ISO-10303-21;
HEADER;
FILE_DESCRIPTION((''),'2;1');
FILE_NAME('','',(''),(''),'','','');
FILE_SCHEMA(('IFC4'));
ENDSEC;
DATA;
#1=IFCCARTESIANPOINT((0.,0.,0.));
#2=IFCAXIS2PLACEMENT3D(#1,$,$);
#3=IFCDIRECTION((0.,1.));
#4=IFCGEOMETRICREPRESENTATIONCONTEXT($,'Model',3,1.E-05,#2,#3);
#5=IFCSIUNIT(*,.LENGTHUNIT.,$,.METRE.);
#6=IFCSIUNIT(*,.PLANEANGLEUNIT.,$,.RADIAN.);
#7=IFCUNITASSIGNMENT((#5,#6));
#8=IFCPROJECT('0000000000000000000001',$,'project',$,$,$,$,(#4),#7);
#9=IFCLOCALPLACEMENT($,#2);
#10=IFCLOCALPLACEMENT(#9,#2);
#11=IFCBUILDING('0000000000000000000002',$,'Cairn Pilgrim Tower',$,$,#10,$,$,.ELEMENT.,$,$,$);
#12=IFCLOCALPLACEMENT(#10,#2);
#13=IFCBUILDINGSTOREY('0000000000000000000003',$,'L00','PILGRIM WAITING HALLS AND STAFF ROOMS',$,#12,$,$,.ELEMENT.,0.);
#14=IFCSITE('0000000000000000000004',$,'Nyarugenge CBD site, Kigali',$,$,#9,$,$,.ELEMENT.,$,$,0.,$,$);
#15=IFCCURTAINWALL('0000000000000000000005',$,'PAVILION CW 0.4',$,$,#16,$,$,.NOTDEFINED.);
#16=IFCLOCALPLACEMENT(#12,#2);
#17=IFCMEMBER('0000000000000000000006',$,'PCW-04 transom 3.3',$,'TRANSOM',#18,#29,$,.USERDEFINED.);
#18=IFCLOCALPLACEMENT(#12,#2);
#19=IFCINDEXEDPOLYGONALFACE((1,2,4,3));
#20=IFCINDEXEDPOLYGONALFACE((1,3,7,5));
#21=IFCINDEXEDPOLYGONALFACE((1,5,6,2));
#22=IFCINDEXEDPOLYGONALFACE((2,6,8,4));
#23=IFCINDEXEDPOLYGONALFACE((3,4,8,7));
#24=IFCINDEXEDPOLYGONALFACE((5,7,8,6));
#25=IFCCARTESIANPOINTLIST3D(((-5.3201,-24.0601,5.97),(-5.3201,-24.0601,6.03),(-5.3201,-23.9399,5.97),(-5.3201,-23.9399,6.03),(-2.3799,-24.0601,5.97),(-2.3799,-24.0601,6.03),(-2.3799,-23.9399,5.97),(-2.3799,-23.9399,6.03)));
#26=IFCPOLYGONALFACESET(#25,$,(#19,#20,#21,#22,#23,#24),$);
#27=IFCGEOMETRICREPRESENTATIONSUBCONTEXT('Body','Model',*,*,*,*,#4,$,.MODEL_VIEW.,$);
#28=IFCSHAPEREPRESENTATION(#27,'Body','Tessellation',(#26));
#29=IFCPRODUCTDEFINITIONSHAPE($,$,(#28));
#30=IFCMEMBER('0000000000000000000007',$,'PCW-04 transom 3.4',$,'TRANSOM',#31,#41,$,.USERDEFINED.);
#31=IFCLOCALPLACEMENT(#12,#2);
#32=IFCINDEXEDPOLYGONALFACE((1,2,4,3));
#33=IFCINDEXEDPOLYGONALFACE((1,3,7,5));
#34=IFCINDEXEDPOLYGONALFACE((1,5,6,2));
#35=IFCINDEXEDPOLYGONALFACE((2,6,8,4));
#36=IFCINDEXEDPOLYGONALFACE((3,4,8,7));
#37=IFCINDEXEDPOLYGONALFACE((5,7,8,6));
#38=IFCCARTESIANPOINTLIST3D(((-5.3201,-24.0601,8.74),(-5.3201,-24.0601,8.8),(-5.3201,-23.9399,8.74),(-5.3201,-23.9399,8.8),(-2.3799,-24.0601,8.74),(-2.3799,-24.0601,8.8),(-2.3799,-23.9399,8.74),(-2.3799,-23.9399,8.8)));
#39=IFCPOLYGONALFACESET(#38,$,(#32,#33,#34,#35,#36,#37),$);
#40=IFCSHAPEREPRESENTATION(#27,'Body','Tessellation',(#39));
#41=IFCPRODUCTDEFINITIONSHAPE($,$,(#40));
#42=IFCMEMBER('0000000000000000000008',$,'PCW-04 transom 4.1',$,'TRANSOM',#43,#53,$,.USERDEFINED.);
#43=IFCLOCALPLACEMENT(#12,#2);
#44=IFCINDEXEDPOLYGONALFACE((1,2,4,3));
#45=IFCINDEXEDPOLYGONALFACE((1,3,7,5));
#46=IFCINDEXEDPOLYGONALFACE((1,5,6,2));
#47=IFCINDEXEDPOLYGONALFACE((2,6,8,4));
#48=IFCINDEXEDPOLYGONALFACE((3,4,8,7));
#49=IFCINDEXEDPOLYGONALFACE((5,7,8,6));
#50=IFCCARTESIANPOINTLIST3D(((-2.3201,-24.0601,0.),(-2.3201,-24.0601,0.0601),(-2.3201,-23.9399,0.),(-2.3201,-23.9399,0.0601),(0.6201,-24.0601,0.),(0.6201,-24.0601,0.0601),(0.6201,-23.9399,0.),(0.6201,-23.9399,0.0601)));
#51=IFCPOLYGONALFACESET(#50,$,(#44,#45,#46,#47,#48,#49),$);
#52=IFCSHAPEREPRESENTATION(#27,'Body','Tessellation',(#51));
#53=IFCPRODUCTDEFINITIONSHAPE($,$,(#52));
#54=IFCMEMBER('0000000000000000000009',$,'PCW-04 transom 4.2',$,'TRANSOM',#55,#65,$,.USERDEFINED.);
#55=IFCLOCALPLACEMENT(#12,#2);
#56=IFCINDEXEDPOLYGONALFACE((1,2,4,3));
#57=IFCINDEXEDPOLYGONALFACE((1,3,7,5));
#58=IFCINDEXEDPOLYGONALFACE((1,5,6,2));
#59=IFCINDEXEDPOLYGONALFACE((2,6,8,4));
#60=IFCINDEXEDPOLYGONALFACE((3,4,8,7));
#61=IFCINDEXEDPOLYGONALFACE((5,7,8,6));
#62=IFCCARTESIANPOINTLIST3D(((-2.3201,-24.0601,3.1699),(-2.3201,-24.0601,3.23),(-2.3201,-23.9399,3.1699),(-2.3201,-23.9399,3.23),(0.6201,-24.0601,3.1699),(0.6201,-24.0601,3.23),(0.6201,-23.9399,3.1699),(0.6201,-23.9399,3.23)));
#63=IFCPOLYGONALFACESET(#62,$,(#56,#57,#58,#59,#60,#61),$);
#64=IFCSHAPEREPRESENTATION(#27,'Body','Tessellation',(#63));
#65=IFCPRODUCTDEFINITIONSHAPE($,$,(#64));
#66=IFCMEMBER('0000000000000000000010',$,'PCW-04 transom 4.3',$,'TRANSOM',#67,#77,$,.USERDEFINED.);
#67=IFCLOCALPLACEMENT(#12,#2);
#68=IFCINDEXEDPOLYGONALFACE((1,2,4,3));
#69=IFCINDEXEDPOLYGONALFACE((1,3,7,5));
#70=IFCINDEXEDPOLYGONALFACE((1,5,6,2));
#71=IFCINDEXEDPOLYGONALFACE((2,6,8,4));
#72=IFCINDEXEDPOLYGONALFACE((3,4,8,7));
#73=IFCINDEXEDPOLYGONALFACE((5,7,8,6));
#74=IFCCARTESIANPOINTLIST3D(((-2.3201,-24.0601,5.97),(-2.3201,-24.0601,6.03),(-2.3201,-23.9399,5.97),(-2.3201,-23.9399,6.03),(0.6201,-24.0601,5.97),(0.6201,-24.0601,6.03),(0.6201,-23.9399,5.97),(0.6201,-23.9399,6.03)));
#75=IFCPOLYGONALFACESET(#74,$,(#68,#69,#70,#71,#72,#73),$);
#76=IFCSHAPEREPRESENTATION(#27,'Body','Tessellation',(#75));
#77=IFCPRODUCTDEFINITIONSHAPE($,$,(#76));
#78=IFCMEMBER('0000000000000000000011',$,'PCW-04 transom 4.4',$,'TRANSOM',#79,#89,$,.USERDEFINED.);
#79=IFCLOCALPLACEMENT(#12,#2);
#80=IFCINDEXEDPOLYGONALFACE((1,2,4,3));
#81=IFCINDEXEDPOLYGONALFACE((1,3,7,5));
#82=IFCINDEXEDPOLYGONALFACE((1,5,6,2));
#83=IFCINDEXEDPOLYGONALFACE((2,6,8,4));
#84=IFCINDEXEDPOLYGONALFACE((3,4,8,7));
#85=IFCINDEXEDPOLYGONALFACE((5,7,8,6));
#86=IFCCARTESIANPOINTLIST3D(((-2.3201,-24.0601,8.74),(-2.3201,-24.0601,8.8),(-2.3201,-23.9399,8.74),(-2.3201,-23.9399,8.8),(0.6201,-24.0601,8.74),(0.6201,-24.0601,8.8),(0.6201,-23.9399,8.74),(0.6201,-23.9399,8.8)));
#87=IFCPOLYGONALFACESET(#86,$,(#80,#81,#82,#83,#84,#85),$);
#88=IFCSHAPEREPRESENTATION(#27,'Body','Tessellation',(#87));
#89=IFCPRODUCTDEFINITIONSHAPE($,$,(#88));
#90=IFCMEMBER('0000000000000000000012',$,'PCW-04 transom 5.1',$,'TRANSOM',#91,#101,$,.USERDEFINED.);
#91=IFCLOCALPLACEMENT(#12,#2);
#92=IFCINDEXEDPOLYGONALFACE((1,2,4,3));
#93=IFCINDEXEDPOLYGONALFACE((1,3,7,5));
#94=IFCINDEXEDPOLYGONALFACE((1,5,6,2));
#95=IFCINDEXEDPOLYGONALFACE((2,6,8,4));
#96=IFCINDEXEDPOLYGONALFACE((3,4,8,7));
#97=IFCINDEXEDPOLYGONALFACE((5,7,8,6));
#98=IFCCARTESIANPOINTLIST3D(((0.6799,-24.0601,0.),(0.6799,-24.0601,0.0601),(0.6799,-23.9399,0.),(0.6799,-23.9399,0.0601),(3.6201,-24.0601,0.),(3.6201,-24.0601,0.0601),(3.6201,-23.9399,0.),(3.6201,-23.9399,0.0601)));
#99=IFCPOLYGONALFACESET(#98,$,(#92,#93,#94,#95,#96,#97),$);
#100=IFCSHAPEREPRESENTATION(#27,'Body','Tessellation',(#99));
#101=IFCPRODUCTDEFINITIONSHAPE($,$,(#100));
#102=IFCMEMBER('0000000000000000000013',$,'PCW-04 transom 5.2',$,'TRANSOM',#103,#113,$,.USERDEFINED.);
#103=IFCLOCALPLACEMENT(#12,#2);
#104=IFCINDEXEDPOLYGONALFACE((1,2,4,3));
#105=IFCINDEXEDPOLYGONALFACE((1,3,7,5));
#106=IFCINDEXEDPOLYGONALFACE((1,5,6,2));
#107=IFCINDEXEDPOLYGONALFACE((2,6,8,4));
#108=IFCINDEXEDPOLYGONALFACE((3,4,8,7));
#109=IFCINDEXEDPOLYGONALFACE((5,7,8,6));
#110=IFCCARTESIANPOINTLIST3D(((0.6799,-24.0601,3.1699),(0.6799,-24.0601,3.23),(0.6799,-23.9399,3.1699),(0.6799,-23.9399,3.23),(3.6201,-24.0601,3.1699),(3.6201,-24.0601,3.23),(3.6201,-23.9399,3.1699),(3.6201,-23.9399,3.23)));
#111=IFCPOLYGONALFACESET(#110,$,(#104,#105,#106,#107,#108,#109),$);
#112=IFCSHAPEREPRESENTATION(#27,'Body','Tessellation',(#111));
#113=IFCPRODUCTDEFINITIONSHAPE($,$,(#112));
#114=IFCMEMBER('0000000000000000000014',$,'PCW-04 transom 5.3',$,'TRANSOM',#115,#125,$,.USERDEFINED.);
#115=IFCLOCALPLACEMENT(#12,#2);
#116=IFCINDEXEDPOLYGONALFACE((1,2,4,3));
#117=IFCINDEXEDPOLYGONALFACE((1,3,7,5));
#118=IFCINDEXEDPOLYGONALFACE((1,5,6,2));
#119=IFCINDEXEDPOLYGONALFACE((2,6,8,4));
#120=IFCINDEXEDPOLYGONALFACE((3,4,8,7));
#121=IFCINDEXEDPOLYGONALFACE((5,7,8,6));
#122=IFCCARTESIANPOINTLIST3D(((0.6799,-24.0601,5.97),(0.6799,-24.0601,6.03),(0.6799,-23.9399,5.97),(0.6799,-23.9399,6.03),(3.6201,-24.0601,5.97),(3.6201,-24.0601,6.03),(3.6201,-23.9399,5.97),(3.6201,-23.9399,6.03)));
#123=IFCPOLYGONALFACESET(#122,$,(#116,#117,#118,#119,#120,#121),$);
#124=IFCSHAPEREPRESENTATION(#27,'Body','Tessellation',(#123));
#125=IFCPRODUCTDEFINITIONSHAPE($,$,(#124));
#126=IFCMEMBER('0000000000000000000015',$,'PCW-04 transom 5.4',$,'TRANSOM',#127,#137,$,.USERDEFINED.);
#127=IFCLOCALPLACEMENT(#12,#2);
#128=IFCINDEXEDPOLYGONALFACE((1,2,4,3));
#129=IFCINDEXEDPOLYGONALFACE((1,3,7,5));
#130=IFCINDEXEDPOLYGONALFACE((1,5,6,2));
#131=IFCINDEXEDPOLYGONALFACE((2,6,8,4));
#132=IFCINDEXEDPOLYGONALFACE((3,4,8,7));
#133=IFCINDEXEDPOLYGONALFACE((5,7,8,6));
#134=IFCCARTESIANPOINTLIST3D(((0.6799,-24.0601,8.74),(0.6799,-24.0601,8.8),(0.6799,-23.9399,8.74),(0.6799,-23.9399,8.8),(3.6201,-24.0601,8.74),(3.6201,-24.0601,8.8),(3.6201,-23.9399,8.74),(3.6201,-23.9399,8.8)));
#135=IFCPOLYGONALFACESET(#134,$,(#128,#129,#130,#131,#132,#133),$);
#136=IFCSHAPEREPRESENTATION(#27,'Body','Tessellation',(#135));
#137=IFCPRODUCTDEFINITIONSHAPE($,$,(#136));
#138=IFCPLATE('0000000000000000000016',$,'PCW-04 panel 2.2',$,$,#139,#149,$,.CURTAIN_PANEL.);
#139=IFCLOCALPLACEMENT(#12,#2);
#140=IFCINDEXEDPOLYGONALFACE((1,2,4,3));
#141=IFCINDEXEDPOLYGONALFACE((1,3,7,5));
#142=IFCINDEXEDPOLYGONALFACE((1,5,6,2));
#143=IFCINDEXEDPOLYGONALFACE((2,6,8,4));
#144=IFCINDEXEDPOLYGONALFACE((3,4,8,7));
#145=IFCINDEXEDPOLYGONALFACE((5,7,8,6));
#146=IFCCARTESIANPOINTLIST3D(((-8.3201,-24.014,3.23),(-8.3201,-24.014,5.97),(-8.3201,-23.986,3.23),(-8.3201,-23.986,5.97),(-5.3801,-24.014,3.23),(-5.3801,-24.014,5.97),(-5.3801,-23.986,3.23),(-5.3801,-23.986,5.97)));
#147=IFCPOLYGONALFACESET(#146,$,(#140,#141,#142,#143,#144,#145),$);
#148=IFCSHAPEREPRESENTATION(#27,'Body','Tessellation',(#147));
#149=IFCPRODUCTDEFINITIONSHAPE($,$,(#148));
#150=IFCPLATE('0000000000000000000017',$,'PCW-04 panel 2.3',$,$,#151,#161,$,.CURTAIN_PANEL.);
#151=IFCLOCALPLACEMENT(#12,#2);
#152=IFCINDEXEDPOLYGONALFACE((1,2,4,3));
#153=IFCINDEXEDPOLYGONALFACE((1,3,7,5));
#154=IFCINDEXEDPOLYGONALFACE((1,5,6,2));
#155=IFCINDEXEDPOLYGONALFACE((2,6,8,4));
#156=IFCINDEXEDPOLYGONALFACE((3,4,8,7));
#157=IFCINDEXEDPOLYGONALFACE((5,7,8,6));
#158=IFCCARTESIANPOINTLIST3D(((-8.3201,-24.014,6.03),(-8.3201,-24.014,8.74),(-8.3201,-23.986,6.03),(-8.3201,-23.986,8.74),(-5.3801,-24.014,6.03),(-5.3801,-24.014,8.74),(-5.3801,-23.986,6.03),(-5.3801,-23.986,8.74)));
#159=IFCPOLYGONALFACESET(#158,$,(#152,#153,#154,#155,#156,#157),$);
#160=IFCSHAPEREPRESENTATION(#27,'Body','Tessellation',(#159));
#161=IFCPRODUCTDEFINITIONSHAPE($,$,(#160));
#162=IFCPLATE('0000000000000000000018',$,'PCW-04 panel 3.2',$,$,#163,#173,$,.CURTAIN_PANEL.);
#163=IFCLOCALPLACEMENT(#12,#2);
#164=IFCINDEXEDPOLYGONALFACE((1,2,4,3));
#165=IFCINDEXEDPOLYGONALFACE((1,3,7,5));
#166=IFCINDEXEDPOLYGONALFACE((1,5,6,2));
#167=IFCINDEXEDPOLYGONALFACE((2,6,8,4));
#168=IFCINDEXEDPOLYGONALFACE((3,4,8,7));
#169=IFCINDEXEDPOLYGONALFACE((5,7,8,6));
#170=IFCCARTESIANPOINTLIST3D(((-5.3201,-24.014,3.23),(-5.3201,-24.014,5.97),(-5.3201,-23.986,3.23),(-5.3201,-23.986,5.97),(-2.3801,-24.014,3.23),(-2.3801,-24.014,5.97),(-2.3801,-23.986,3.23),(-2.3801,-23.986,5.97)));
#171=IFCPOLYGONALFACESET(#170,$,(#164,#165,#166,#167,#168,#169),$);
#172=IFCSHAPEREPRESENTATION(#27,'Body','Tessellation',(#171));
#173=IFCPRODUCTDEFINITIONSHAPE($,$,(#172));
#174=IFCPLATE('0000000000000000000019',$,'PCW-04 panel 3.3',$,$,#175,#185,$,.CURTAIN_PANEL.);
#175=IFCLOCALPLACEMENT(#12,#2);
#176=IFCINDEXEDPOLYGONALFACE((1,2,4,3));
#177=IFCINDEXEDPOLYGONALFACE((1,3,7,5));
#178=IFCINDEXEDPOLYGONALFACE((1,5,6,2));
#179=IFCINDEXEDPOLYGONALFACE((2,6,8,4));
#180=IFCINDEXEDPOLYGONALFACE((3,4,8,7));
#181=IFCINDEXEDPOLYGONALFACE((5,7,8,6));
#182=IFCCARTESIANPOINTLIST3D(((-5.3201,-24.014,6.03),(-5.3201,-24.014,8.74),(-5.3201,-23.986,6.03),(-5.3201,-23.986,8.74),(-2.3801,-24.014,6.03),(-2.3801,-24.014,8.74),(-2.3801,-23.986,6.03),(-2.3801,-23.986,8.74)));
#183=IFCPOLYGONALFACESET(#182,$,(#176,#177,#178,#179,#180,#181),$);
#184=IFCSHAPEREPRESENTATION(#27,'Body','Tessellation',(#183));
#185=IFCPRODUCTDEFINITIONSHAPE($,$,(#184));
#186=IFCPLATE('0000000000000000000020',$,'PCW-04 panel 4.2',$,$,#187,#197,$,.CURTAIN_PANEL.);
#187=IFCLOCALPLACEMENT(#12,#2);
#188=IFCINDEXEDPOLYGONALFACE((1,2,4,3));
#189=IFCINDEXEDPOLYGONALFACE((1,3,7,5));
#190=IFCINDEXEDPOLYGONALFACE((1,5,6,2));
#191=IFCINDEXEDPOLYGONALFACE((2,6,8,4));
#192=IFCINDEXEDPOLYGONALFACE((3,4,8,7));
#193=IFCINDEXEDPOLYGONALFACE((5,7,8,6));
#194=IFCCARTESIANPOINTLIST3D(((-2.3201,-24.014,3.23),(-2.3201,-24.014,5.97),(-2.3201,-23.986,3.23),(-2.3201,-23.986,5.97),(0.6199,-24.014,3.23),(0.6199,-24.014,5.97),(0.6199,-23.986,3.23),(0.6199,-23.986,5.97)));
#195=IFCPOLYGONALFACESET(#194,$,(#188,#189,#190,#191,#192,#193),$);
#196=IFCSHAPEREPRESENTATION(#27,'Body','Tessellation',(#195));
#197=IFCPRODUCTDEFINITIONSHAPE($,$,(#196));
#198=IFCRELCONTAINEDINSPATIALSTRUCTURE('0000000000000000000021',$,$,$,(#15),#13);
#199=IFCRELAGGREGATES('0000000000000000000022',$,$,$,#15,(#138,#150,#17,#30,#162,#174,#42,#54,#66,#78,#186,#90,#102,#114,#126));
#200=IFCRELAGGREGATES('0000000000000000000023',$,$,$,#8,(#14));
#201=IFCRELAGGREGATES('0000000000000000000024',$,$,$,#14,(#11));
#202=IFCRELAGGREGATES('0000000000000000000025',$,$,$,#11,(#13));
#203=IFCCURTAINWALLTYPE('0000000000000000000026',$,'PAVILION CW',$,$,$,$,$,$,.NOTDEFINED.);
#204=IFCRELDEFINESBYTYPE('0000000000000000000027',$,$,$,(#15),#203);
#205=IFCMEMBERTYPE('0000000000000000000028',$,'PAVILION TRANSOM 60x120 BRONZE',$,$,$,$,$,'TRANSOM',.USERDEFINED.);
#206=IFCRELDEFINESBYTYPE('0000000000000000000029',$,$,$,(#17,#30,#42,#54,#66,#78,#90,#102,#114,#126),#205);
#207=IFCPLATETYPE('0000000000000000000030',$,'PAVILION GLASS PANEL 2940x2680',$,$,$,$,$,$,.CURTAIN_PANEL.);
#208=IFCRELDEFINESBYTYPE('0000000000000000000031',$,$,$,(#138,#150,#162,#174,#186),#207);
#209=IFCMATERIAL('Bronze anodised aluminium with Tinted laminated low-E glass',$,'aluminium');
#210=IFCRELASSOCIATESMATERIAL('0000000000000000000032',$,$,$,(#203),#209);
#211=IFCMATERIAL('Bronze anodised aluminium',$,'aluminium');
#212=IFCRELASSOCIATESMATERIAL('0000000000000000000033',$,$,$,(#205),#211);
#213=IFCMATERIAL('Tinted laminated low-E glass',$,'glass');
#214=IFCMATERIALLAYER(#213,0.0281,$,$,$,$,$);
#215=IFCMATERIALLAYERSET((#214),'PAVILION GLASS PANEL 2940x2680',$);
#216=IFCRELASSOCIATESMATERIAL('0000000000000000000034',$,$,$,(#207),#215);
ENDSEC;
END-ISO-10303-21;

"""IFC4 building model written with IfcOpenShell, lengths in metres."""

from ifc_helpers import new_model, si_unit, direction, frame, origin, origin_2d, place, context, subcontext, project, spatial, rectangle, extrude, material, layer, layer_set, material_profile, profile_set, type_object, element, aggregate, save


model = new_model("IFC4")

# Units and contexts
model_context = context("Model", 3, precision=1e-05, world=origin(), true_north=direction((0.0, 1.0)))
body_context = subcontext(model_context, "Body", "Model", "MODEL_VIEW")
ifc_project = project(units=[si_unit("LENGTHUNIT", "METRE"), si_unit("PLANEANGLEUNIT", "RADIAN")], contexts=[model_context])

# Site, building, storey
site_placement = place(None, origin())
site = spatial("IfcSite", under=ifc_project, at=site_placement, Name="Nyarugenge CBD site, Kigali", CompositionType="ELEMENT", RefElevation=0.0)
building_placement = place(site_placement, origin())
building = spatial("IfcBuilding", under=site, at=building_placement, Name="Cairn Pilgrim Tower", CompositionType="ELEMENT")
storey_placement = place(building_placement, origin())
storey = spatial("IfcBuildingStorey", under=building, at=storey_placement, Name="L00", Description="PILGRIM WAITING HALLS AND STAFF ROOMS", CompositionType="ELEMENT", Elevation=0.0)

# Curtain wall, members, plates
ifc_material_1 = material(Name="Bronze anodised aluminium with Tinted laminated low-E glass", Category="aluminium")
curtain_wall_type = type_object("IfcCurtainWallType", Name="PAVILION CW", PredefinedType="NOTDEFINED", material=ifc_material_1)
curtain_wall_placement = place(storey_placement, origin())
curtain_wall = element("IfcCurtainWall", 1, at=curtain_wall_placement, inside=storey, type_object=curtain_wall_type, Name="PAVILION CW 0.4", PredefinedType="NOTDEFINED")
ifc_material_2 = material(Name="Bronze anodised aluminium", Category="aluminium")
ifc_material_profile_1 = material_profile(ifc_material_2, rectangle(XDim=0.1201, YDim=0.0601, at=origin_2d()), Name="PAVILION TRANSOM 60x120 BRONZE")
ifc_profile_set_1 = profile_set([ifc_material_profile_1], Name="Bronze anodised aluminium")
member_type_1 = type_object("IfcMemberType", Name="PAVILION TRANSOM 60x120 BRONZE", ElementType="TRANSOM", PredefinedType="USERDEFINED", material=ifc_profile_set_1)
member_1_placement = place(storey_placement, frame((-5.3201, -24.0, 6.0), z_axis=(1.0, 0.0, 0.0), x_axis=(0.0, 1.0, 0.0)))
member_1 = element("IfcMember", 2, at=member_1_placement, type_object=member_type_1, Name="PCW-04 transom 3.3", ObjectType="TRANSOM", PredefinedType="USERDEFINED", context=body_context, shape_type="SweptSolid", body=[
    extrude(rectangle(XDim=0.1201, YDim=0.0601, at=origin_2d()), origin(), (0.0, 0.0, 1.0), 2.9402),
])
member_2_placement = place(storey_placement, frame((-5.3201, -24.0, 8.77), z_axis=(1.0, 0.0, 0.0), x_axis=(0.0, 1.0, 0.0)))
member_2 = element("IfcMember", 3, at=member_2_placement, type_object=member_type_1, Name="PCW-04 transom 3.4", ObjectType="TRANSOM", PredefinedType="USERDEFINED", context=body_context, shape_type="SweptSolid", body=[
    extrude(rectangle(XDim=0.1201, YDim=0.0601, at=origin_2d()), origin(), (0.0, 0.0, 1.0), 2.9402),
])
member_3_placement = place(storey_placement, frame((-2.3201, -24.0, 0.03), z_axis=(1.0, 0.0, 0.0), x_axis=(0.0, 1.0, 0.0)))
member_3 = element("IfcMember", 4, at=member_3_placement, type_object=member_type_1, Name="PCW-04 transom 4.1", ObjectType="TRANSOM", PredefinedType="USERDEFINED", context=body_context, shape_type="SweptSolid", body=[
    extrude(rectangle(XDim=0.1201, YDim=0.0601, at=origin_2d()), origin(), (0.0, 0.0, 1.0), 2.9402),
])
member_4_placement = place(storey_placement, frame((-2.3201, -24.0, 3.2), z_axis=(1.0, 0.0, 0.0), x_axis=(0.0, 1.0, 0.0)))
member_4 = element("IfcMember", 5, at=member_4_placement, type_object=member_type_1, Name="PCW-04 transom 4.2", ObjectType="TRANSOM", PredefinedType="USERDEFINED", context=body_context, shape_type="SweptSolid", body=[
    extrude(rectangle(XDim=0.1201, YDim=0.0601, at=origin_2d()), origin(), (0.0, 0.0, 1.0), 2.9402),
])
member_5_placement = place(storey_placement, frame((-2.3201, -24.0, 6.0), z_axis=(1.0, 0.0, 0.0), x_axis=(0.0, 1.0, 0.0)))
member_5 = element("IfcMember", 6, at=member_5_placement, type_object=member_type_1, Name="PCW-04 transom 4.3", ObjectType="TRANSOM", PredefinedType="USERDEFINED", context=body_context, shape_type="SweptSolid", body=[
    extrude(rectangle(XDim=0.1201, YDim=0.0601, at=origin_2d()), origin(), (0.0, 0.0, 1.0), 2.9402),
])
member_6_placement = place(storey_placement, frame((-2.3201, -24.0, 8.77), z_axis=(1.0, 0.0, 0.0), x_axis=(0.0, 1.0, 0.0)))
member_6 = element("IfcMember", 7, at=member_6_placement, type_object=member_type_1, Name="PCW-04 transom 4.4", ObjectType="TRANSOM", PredefinedType="USERDEFINED", context=body_context, shape_type="SweptSolid", body=[
    extrude(rectangle(XDim=0.1201, YDim=0.0601, at=origin_2d()), origin(), (0.0, 0.0, 1.0), 2.9402),
])
member_7_placement = place(storey_placement, frame((0.6799, -24.0, 0.03), z_axis=(1.0, 0.0, 0.0), x_axis=(0.0, 1.0, 0.0)))
member_7 = element("IfcMember", 8, at=member_7_placement, type_object=member_type_1, Name="PCW-04 transom 5.1", ObjectType="TRANSOM", PredefinedType="USERDEFINED", context=body_context, shape_type="SweptSolid", body=[
    extrude(rectangle(XDim=0.1201, YDim=0.0601, at=origin_2d()), origin(), (0.0, 0.0, 1.0), 2.9402),
])
member_8_placement = place(storey_placement, frame((0.6799, -24.0, 3.2), z_axis=(1.0, 0.0, 0.0), x_axis=(0.0, 1.0, 0.0)))
member_8 = element("IfcMember", 9, at=member_8_placement, type_object=member_type_1, Name="PCW-04 transom 5.2", ObjectType="TRANSOM", PredefinedType="USERDEFINED", context=body_context, shape_type="SweptSolid", body=[
    extrude(rectangle(XDim=0.1201, YDim=0.0601, at=origin_2d()), origin(), (0.0, 0.0, 1.0), 2.9402),
])
member_9_placement = place(storey_placement, frame((0.6799, -24.0, 6.0), z_axis=(1.0, 0.0, 0.0), x_axis=(0.0, 1.0, 0.0)))
member_9 = element("IfcMember", 10, at=member_9_placement, type_object=member_type_1, Name="PCW-04 transom 5.3", ObjectType="TRANSOM", PredefinedType="USERDEFINED", context=body_context, shape_type="SweptSolid", body=[
    extrude(rectangle(XDim=0.1201, YDim=0.0601, at=origin_2d()), origin(), (0.0, 0.0, 1.0), 2.9402),
])
member_10_placement = place(storey_placement, frame((0.6799, -24.0, 8.77), z_axis=(1.0, 0.0, 0.0), x_axis=(0.0, 1.0, 0.0)))
member_10 = element("IfcMember", 11, at=member_10_placement, type_object=member_type_1, Name="PCW-04 transom 5.4", ObjectType="TRANSOM", PredefinedType="USERDEFINED", context=body_context, shape_type="SweptSolid", body=[
    extrude(rectangle(XDim=0.1201, YDim=0.0601, at=origin_2d()), origin(), (0.0, 0.0, 1.0), 2.9402),
])
ifc_material_3 = material(Name="Tinted laminated low-E glass", Category="glass")
ifc_layer_1 = layer(ifc_material_3, 0.0281)
ifc_layer_set_1 = layer_set([ifc_layer_1], Name="PAVILION GLASS PANEL 2940x2680")
plate_type_1 = type_object("IfcPlateType", Name="PAVILION GLASS PANEL 2940x2680", PredefinedType="CURTAIN_PANEL", material=ifc_layer_set_1)
plate_1_placement = place(storey_placement, frame((-6.8501, -24.0, 3.23), z_axis=(0.0, 0.0, 1.0), x_axis=(1.0, 0.0, 0.0)))
plate_1 = element("IfcPlate", 12, at=plate_1_placement, type_object=plate_type_1, Name="PCW-04 panel 2.2", PredefinedType="CURTAIN_PANEL", context=body_context, shape_type="SweptSolid", body=[
    extrude(rectangle(XDim=2.9399, YDim=0.0281, at=origin_2d()), origin(), (0.0, 0.0, 1.0), 2.74),
])
plate_2_placement = place(storey_placement, frame((-6.8501, -24.0, 6.03), z_axis=(0.0, 0.0, 1.0), x_axis=(1.0, 0.0, 0.0)))
plate_2 = element("IfcPlate", 13, at=plate_2_placement, type_object=plate_type_1, Name="PCW-04 panel 2.3", PredefinedType="CURTAIN_PANEL", context=body_context, shape_type="SweptSolid", body=[
    extrude(rectangle(XDim=2.9399, YDim=0.0281, at=origin_2d()), origin(), (0.0, 0.0, 1.0), 2.71),
])
plate_3_placement = place(storey_placement, frame((-3.8501, -24.0, 3.23), z_axis=(0.0, 0.0, 1.0), x_axis=(1.0, 0.0, 0.0)))
plate_3 = element("IfcPlate", 14, at=plate_3_placement, type_object=plate_type_1, Name="PCW-04 panel 3.2", PredefinedType="CURTAIN_PANEL", context=body_context, shape_type="SweptSolid", body=[
    extrude(rectangle(XDim=2.9399, YDim=0.0281, at=origin_2d()), origin(), (0.0, 0.0, 1.0), 2.74),
])
plate_4_placement = place(storey_placement, frame((-3.8501, -24.0, 6.03), z_axis=(0.0, 0.0, 1.0), x_axis=(1.0, 0.0, 0.0)))
plate_4 = element("IfcPlate", 15, at=plate_4_placement, type_object=plate_type_1, Name="PCW-04 panel 3.3", PredefinedType="CURTAIN_PANEL", context=body_context, shape_type="SweptSolid", body=[
    extrude(rectangle(XDim=2.9399, YDim=0.0281, at=origin_2d()), origin(), (0.0, 0.0, 1.0), 2.71),
])
plate_5_placement = place(storey_placement, frame((-0.8501, -24.0, 3.23), z_axis=(0.0, 0.0, 1.0), x_axis=(1.0, 0.0, 0.0)))
plate_5 = element("IfcPlate", 16, at=plate_5_placement, type_object=plate_type_1, Name="PCW-04 panel 4.2", PredefinedType="CURTAIN_PANEL", context=body_context, shape_type="SweptSolid", body=[
    extrude(rectangle(XDim=2.9399, YDim=0.0281, at=origin_2d()), origin(), (0.0, 0.0, 1.0), 2.74),
])
aggregate(curtain_wall, [plate_1, plate_2, member_1, member_2, plate_3, plate_4, member_3, member_4, member_5, member_6, plate_5, member_7, member_8, member_9, member_10])

save(model, "model.ifc")
